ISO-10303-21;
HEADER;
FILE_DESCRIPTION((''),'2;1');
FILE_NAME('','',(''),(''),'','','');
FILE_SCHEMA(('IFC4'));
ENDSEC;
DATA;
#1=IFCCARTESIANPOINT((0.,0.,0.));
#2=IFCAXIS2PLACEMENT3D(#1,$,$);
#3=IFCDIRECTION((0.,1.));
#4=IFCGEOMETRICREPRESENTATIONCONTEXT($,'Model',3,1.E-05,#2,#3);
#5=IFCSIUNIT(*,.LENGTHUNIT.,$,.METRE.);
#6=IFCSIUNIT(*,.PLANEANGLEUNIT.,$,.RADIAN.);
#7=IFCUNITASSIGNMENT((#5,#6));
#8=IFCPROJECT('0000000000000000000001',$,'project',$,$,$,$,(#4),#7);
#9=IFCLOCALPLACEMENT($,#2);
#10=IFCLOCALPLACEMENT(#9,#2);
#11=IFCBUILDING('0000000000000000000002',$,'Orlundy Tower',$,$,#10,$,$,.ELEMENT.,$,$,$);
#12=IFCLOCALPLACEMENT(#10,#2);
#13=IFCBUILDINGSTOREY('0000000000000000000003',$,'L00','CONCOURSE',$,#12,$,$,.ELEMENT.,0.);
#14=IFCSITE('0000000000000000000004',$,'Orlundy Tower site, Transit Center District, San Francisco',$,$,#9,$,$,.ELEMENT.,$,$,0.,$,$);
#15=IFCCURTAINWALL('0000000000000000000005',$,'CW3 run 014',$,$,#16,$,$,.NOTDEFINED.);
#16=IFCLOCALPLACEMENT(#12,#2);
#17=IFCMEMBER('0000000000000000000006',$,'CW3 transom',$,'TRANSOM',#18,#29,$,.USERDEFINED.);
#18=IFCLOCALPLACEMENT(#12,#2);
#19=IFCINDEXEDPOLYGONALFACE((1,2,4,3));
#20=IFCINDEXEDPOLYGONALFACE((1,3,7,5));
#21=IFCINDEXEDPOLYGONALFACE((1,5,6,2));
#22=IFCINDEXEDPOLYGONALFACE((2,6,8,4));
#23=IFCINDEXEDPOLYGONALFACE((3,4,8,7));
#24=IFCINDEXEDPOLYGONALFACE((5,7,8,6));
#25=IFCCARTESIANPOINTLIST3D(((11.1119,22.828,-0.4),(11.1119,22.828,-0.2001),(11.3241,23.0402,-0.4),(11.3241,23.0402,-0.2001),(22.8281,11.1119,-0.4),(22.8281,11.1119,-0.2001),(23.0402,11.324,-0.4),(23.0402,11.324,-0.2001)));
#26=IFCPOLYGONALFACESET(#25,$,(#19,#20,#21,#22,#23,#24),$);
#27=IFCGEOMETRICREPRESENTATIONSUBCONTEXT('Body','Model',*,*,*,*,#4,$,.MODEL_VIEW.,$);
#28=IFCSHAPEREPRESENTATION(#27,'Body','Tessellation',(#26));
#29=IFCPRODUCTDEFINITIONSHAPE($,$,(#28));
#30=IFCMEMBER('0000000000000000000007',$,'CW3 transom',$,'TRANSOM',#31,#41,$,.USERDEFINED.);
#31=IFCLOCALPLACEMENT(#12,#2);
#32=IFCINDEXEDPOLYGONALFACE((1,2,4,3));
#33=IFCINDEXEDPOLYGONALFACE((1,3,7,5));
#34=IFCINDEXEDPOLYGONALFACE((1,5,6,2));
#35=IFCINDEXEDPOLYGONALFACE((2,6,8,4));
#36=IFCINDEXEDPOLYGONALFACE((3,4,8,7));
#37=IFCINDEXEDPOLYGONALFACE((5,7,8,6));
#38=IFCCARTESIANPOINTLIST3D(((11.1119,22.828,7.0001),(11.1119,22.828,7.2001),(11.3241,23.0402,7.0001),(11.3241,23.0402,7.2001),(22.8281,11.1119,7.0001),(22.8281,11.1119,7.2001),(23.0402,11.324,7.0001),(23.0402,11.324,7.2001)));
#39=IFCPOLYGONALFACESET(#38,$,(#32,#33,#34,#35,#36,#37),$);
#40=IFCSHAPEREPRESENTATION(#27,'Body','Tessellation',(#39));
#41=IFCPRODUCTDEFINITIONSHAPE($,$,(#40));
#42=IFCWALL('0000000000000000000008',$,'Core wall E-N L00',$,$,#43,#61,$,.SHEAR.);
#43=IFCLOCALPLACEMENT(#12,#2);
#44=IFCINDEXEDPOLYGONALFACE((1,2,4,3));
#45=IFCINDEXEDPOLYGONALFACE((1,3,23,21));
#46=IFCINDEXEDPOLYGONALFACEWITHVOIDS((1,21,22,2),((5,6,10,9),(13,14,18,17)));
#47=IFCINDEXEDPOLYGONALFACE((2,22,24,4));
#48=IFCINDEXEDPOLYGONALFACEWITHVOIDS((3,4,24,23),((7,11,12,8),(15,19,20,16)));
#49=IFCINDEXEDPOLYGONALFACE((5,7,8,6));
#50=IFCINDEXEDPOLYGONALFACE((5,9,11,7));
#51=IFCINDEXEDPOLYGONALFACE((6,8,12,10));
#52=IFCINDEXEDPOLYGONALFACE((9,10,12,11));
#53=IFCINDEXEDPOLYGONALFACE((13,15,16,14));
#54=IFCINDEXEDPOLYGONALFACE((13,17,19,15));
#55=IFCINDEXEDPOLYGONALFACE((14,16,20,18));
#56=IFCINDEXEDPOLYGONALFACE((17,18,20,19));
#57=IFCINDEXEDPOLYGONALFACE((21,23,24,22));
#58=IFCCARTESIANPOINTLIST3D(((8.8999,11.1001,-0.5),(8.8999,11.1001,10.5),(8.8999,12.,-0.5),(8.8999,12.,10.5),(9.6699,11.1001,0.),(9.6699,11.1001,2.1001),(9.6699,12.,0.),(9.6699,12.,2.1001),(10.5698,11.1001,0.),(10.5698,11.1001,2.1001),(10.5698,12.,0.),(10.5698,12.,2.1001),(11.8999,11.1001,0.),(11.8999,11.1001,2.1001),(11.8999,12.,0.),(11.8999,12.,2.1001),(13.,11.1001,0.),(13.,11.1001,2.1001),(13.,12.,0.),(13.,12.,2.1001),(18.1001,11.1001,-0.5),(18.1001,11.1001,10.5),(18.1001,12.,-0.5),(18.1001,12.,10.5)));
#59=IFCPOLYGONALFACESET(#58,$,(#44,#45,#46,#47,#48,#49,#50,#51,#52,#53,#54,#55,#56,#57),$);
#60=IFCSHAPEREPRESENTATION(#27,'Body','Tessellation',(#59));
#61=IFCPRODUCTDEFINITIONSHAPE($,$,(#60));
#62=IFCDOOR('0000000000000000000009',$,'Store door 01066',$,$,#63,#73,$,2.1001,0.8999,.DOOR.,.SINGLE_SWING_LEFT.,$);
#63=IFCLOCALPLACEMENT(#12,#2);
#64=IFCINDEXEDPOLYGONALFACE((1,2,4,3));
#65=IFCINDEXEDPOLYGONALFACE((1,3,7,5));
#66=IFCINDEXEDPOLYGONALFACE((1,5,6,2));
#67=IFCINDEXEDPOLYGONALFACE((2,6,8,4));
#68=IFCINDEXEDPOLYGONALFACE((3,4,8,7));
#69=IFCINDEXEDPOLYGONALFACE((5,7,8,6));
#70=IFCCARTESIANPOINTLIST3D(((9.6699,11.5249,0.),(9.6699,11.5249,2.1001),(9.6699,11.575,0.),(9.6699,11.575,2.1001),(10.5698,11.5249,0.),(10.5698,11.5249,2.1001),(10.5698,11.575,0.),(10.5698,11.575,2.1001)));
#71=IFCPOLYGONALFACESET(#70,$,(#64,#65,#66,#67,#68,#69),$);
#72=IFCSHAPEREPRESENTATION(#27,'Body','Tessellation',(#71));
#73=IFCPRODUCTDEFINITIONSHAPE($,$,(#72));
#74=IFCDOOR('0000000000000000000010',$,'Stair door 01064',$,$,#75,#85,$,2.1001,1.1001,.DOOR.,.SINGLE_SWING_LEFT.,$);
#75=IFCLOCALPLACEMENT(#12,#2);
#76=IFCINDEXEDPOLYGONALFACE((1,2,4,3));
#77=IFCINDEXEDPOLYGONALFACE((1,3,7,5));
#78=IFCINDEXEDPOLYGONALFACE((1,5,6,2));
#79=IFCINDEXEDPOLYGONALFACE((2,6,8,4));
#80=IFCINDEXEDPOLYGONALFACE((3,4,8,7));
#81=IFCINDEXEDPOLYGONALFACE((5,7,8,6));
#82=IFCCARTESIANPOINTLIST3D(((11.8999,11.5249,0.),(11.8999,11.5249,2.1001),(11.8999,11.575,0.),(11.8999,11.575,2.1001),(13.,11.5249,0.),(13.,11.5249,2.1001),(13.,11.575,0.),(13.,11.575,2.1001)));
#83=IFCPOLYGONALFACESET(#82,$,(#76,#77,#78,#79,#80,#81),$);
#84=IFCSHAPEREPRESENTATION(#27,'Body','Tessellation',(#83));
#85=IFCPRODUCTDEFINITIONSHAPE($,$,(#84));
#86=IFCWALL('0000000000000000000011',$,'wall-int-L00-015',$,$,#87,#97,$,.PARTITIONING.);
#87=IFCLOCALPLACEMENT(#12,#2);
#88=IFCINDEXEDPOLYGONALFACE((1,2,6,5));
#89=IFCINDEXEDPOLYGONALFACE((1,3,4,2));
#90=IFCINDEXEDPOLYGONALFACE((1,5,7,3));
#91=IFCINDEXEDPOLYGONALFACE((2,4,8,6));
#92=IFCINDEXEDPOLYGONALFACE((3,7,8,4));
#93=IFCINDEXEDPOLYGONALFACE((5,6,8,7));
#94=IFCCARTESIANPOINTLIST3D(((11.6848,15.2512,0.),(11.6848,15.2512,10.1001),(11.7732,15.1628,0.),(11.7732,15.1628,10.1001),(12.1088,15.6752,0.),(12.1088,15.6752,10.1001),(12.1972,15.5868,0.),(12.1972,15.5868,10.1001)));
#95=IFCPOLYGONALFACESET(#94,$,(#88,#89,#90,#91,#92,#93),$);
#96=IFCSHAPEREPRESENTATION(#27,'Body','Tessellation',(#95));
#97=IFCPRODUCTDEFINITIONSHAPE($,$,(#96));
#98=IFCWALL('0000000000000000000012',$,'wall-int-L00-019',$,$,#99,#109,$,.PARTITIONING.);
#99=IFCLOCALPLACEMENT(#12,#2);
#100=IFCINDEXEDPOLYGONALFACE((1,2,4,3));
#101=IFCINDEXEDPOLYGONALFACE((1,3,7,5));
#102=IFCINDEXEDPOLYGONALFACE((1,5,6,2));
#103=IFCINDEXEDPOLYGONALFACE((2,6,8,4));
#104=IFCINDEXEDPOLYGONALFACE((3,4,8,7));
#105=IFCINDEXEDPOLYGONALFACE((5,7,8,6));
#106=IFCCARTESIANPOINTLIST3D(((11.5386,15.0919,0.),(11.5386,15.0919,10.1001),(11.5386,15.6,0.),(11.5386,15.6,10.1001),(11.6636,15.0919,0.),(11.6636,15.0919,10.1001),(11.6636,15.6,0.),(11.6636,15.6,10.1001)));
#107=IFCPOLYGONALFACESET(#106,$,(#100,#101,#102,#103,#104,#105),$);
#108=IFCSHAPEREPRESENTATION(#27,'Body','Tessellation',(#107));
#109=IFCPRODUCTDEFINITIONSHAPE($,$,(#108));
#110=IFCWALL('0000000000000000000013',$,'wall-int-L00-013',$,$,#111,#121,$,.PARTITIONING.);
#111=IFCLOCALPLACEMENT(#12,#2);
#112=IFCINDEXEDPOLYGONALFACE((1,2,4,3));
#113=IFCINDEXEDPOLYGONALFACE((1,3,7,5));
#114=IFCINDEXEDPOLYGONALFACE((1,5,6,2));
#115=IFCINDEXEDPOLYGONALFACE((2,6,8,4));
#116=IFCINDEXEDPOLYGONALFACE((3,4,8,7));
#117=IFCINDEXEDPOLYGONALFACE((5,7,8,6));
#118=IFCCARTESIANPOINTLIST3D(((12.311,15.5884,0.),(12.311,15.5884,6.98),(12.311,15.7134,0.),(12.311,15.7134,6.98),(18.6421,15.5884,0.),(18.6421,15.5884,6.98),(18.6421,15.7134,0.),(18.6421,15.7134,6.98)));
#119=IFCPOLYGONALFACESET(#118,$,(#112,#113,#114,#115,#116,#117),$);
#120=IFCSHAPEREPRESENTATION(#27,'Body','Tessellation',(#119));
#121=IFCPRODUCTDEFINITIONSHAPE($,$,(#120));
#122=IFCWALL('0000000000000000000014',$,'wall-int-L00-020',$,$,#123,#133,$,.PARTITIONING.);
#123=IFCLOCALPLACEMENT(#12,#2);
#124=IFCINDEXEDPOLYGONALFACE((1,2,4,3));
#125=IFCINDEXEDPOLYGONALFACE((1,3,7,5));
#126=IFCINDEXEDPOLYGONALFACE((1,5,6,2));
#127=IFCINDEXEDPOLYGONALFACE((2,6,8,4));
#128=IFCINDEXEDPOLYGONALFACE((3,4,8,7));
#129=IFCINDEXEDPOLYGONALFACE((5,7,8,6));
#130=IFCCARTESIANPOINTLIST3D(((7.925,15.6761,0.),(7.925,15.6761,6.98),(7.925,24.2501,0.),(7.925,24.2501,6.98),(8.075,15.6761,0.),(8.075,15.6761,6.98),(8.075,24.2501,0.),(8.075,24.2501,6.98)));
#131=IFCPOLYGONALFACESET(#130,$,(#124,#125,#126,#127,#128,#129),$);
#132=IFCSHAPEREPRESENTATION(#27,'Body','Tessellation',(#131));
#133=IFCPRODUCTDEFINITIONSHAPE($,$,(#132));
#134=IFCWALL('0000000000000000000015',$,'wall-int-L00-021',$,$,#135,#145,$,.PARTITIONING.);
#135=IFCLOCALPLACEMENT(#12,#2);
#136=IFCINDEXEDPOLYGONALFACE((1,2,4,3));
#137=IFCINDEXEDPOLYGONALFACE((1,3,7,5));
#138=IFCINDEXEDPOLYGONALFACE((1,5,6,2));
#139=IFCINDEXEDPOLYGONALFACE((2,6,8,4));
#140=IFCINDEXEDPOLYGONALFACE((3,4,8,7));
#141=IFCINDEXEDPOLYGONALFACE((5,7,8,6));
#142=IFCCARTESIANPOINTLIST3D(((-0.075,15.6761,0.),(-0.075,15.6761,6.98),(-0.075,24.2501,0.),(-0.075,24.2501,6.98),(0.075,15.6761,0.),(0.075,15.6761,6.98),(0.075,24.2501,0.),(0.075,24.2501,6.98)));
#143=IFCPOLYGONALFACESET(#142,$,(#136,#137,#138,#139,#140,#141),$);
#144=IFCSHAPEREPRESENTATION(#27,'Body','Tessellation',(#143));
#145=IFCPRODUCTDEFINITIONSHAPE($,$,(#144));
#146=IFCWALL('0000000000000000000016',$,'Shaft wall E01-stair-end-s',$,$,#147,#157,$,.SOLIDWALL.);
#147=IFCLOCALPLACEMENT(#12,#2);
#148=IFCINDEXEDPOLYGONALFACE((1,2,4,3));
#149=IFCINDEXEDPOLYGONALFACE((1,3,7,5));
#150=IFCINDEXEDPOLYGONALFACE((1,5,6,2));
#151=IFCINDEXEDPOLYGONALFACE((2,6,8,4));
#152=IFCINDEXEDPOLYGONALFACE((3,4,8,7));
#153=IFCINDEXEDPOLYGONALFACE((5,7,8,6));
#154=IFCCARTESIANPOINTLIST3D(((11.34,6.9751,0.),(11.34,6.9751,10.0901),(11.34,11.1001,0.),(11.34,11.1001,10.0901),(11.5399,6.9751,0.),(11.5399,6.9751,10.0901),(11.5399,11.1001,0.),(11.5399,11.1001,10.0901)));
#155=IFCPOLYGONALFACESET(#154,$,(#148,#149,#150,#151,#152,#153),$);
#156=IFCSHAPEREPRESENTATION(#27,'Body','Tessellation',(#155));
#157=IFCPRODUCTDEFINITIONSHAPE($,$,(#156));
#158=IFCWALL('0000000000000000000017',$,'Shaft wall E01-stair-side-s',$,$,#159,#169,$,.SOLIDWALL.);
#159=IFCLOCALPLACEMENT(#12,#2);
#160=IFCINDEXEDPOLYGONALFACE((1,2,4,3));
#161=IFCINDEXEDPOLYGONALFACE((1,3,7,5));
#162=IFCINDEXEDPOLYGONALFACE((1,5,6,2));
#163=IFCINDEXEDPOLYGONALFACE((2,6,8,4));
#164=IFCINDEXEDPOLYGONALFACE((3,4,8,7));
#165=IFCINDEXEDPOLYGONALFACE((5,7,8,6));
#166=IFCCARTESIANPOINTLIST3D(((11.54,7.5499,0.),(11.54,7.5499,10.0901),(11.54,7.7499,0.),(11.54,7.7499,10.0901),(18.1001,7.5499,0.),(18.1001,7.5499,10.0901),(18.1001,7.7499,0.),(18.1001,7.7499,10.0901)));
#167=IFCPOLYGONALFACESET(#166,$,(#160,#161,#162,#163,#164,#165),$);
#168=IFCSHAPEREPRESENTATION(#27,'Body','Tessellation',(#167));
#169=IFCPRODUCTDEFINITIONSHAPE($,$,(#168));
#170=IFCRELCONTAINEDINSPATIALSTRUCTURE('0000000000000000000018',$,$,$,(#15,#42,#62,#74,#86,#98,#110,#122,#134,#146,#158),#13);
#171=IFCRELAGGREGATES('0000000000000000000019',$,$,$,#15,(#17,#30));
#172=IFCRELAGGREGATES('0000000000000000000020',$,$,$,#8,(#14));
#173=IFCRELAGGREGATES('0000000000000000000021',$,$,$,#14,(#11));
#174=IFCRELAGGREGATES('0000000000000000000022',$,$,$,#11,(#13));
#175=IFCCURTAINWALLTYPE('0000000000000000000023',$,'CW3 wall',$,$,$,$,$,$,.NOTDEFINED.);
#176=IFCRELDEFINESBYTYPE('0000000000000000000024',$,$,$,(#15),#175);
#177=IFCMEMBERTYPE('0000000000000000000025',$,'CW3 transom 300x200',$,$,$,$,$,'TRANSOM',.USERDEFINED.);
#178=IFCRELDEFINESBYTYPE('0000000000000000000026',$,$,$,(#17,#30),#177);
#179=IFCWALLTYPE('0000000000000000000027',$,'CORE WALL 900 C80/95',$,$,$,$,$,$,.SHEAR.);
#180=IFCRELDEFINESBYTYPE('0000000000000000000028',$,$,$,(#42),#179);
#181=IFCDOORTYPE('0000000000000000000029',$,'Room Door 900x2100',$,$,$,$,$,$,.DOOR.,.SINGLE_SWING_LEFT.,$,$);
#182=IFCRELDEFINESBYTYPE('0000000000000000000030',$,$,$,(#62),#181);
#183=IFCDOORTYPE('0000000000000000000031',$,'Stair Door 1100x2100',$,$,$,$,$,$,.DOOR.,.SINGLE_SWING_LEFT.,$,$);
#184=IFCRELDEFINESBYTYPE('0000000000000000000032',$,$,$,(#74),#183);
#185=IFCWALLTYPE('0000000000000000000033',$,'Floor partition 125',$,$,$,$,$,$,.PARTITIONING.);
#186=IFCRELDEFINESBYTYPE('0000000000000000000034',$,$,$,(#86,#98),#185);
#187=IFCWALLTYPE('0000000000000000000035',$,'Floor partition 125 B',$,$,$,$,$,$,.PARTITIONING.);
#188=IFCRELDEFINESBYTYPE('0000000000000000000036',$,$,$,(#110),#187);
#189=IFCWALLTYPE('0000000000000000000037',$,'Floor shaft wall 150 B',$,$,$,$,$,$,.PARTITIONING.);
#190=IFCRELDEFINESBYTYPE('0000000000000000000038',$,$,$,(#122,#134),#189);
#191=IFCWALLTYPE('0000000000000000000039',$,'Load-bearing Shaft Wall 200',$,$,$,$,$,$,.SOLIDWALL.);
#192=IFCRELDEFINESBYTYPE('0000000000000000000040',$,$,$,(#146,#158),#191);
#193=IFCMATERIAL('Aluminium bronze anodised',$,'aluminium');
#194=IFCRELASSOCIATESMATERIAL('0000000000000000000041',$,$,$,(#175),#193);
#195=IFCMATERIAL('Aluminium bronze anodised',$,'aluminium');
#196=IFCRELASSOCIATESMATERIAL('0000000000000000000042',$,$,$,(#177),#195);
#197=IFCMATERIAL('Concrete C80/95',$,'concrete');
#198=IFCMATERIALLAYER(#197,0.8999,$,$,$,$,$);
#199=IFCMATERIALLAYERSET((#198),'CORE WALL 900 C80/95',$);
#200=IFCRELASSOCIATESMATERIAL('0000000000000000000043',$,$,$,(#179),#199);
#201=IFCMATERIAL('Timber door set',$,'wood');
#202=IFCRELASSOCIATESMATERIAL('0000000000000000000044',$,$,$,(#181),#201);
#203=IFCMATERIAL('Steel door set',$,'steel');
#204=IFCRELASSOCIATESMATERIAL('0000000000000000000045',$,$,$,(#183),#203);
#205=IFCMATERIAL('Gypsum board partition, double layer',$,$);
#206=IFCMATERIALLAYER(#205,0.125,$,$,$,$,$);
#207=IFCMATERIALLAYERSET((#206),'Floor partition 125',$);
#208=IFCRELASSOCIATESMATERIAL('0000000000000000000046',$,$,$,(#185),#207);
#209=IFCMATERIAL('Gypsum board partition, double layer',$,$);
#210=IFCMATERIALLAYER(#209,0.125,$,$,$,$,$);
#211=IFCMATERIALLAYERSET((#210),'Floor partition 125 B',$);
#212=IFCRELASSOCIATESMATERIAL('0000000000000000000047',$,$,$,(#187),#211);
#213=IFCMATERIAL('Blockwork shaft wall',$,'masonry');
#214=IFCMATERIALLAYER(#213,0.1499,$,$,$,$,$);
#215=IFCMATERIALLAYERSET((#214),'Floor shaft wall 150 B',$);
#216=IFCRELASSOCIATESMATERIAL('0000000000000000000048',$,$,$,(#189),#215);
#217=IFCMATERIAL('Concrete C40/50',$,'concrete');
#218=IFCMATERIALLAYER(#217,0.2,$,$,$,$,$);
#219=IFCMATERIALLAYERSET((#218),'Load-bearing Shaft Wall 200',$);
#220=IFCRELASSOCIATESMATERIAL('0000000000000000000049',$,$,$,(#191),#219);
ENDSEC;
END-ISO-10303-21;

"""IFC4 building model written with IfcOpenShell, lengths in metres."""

from ifc_helpers import new_model, si_unit, direction, frame, frame_2d, origin, origin_2d, place, context, subcontext, project, spatial, rectangle, extrude, material, layer, layer_set, material_profile, profile_set, type_object, element, fill, aggregate, save


model = new_model("IFC4")

# Units and contexts
model_context = context("Model", 3, precision=1e-05, world=origin(), true_north=direction((0.0, 1.0)))
body_context = subcontext(model_context, "Body", "Model", "MODEL_VIEW")
ifc_project = project(units=[si_unit("LENGTHUNIT", "METRE"), si_unit("PLANEANGLEUNIT", "RADIAN")], contexts=[model_context])

# Site, building, storey
site_placement = place(None, origin())
site = spatial("IfcSite", under=ifc_project, at=site_placement, Name="Orlundy Tower site, Transit Center District, San Francisco", CompositionType="ELEMENT", RefElevation=0.0)
building_placement = place(site_placement, origin())
building = spatial("IfcBuilding", under=site, at=building_placement, Name="Orlundy Tower", CompositionType="ELEMENT")
storey_placement = place(building_placement, origin())
storey = spatial("IfcBuildingStorey", under=building, at=storey_placement, Name="L00", Description="CONCOURSE", CompositionType="ELEMENT", Elevation=0.0)

# Curtain wall, members
ifc_material_1 = material(Name="Aluminium bronze anodised", Category="aluminium")
curtain_wall_type = type_object("IfcCurtainWallType", Name="CW3 wall", PredefinedType="NOTDEFINED", material=ifc_material_1)
curtain_wall_placement = place(storey_placement, origin())
curtain_wall = element("IfcCurtainWall", 1, at=curtain_wall_placement, inside=storey, type_object=curtain_wall_type, Name="CW3 run 014", PredefinedType="NOTDEFINED")
ifc_material_2 = material(Name="Aluminium bronze anodised", Category="aluminium")
ifc_material_profile_1 = material_profile(ifc_material_2, rectangle(XDim=0.3, YDim=0.2, at=origin_2d()), Name="CW3 transom 300x200")
ifc_profile_set_1 = profile_set([ifc_material_profile_1], Name="Aluminium bronze anodised")
member_type = type_object("IfcMemberType", Name="CW3 transom 300x200", ElementType="TRANSOM", PredefinedType="USERDEFINED", material=ifc_profile_set_1)
member_1_placement = place(storey_placement, frame((11.218, 22.9341, -0.3), z_axis=(0.707107, -0.707107, 0.0), x_axis=(0.707107, 0.707107, 0.0)))
member_1 = element("IfcMember", 2, at=member_1_placement, type_object=member_type, Name="CW3 transom", ObjectType="TRANSOM", PredefinedType="USERDEFINED", context=body_context, shape_type="SweptSolid", body=[
    extrude(rectangle(XDim=0.3, YDim=0.2, at=origin_2d()), origin(), (0.0, 0.0, 1.0), 16.5691),
])
member_2_placement = place(storey_placement, frame((11.218, 22.9341, 7.1001), z_axis=(0.707107, -0.707107, 0.0), x_axis=(0.707107, 0.707107, 0.0)))
member_2 = element("IfcMember", 3, at=member_2_placement, type_object=member_type, Name="CW3 transom", ObjectType="TRANSOM", PredefinedType="USERDEFINED", context=body_context, shape_type="SweptSolid", body=[
    extrude(rectangle(XDim=0.3, YDim=0.2, at=origin_2d()), origin(), (0.0, 0.0, 1.0), 16.5691),
])
aggregate(curtain_wall, [member_1, member_2])

# Wall, openings, doors
ifc_material_3 = material(Name="Concrete C80/95", Category="concrete")
ifc_layer_1 = layer(ifc_material_3, 0.8999)
ifc_layer_set_1 = layer_set([ifc_layer_1], Name="CORE WALL 900 C80/95")
wall_type_1 = type_object("IfcWallType", Name="CORE WALL 900 C80/95", PredefinedType="SHEAR", material=ifc_layer_set_1)
wall_1_placement = place(storey_placement, frame((8.8999, 11.55, -0.5), z_axis=(0.0, 0.0, 1.0), x_axis=(1.0, 0.0, 0.0)))
wall_1 = element("IfcWall", 4, at=wall_1_placement, inside=storey, type_object=wall_type_1, Name="Core wall E-N L00", PredefinedType="SHEAR", context=body_context, shape_type="SweptSolid", body=[
    extrude(rectangle(XDim=9.2002, YDim=0.8999, at=frame_2d((4.6001, 0.0))), origin(), (0.0, 0.0, 1.0), 11.0),
])
opening_1_placement = place(wall_1_placement, frame((3.0, 0.0, 0.5)))
opening_1 = element("IfcOpeningElement", 5, at=opening_1_placement, cuts=wall_1, PredefinedType="OPENING", context=body_context, shape_type="SweptSolid", body=[
    extrude(rectangle(XDim=1.1001, YDim=2.1001, at=frame_2d((0.55, 1.05))), frame((0.0, 0.46, 0.0), z_axis=(0.0, -1.0, 0.0), x_axis=(1.0, 0.0, 0.0)), (0.0, 0.0, 1.0), 0.9199),
])
opening_2_placement = place(wall_1_placement, frame((0.77, 0.0, 0.5)))
opening_2 = element("IfcOpeningElement", 6, at=opening_2_placement, cuts=wall_1, PredefinedType="OPENING", context=body_context, shape_type="SweptSolid", body=[
    extrude(rectangle(XDim=0.8999, YDim=2.1001, at=frame_2d((0.45, 1.05))), frame((0.0, 0.46, 0.0), z_axis=(0.0, -1.0, 0.0), x_axis=(1.0, 0.0, 0.0)), (0.0, 0.0, 1.0), 0.9199),
])
ifc_material_4 = material(Name="Timber door set", Category="wood")
door_type_1 = type_object("IfcDoorType", Name="Room Door 900x2100", OperationType="SINGLE_SWING_LEFT", PredefinedType="DOOR", material=ifc_material_4)
door_1_placement = place(opening_2_placement, origin())
door_1 = element("IfcDoor", 7, at=door_1_placement, inside=storey, type_object=door_type_1, Name="Store door 01066", OperationType="SINGLE_SWING_LEFT", OverallHeight=2.1001, OverallWidth=0.8999, PredefinedType="DOOR", context=body_context, shape_type="SweptSolid", body=[
    extrude(rectangle(XDim=0.8999, YDim=2.1001, at=frame_2d((0.45, 1.05))), frame((0.0, 0.0249, 0.0), z_axis=(0.0, -1.0, 0.0), x_axis=(1.0, 0.0, 0.0)), (0.0, 0.0, 1.0), 0.05),
])
fill(opening_2, door_1)
ifc_material_5 = material(Name="Steel door set", Category="steel")
door_type_2 = type_object("IfcDoorType", Name="Stair Door 1100x2100", OperationType="SINGLE_SWING_LEFT", PredefinedType="DOOR", material=ifc_material_5)
door_2_placement = place(opening_1_placement, origin())
door_2 = element("IfcDoor", 8, at=door_2_placement, inside=storey, type_object=door_type_2, Name="Stair door 01064", OperationType="SINGLE_SWING_LEFT", OverallHeight=2.1001, OverallWidth=1.1001, PredefinedType="DOOR", context=body_context, shape_type="SweptSolid", body=[
    extrude(rectangle(XDim=1.1001, YDim=2.1001, at=frame_2d((0.55, 1.05))), frame((0.0, 0.0249, 0.0), z_axis=(0.0, -1.0, 0.0), x_axis=(1.0, 0.0, 0.0)), (0.0, 0.0, 1.0), 0.05),
])
fill(opening_1, door_2)

# Walls
ifc_material_6 = material(Name="Gypsum board partition, double layer")
ifc_layer_2 = layer(ifc_material_6, 0.125)
ifc_layer_set_2 = layer_set([ifc_layer_2], Name="Floor partition 125")
wall_type_2 = type_object("IfcWallType", Name="Floor partition 125", PredefinedType="PARTITIONING", material=ifc_layer_set_2)
wall_2_placement = place(storey_placement, frame((11.729, 15.207, 0.0), z_axis=(0.0, 0.0, 1.0), x_axis=(0.707107, 0.707107, 0.0)))
element("IfcWall", 9, at=wall_2_placement, inside=storey, type_object=wall_type_2, Name="wall-int-L00-015", PredefinedType="PARTITIONING", context=body_context, shape_type="SweptSolid", body=[
    extrude(rectangle(XDim=0.5996, YDim=0.125, at=frame_2d((0.2998, 0.0))), origin(), (0.0, 0.0, 1.0), 10.1001),
])
wall_3_placement = place(storey_placement, frame((11.6011, 15.092, 0.0), z_axis=(0.0, 0.0, 1.0), x_axis=(0.0, 1.0, 0.0)))
element("IfcWall", 10, at=wall_3_placement, inside=storey, type_object=wall_type_2, Name="wall-int-L00-019", PredefinedType="PARTITIONING", context=body_context, shape_type="SweptSolid", body=[
    extrude(rectangle(XDim=0.5081, YDim=0.125, at=frame_2d((0.2539, 0.0))), origin(), (0.0, 0.0, 1.0), 10.1001),
])
ifc_material_7 = material(Name="Gypsum board partition, double layer")
ifc_layer_3 = layer(ifc_material_7, 0.125)
ifc_layer_set_3 = layer_set([ifc_layer_3], Name="Floor partition 125 B")
wall_type_3 = type_object("IfcWallType", Name="Floor partition 125 B", PredefinedType="PARTITIONING", material=ifc_layer_set_3)
wall_4_placement = place(storey_placement, frame((12.311, 15.6509, 0.0), z_axis=(0.0, 0.0, 1.0), x_axis=(1.0, 0.0, 0.0)))
element("IfcWall", 11, at=wall_4_placement, inside=storey, type_object=wall_type_3, Name="wall-int-L00-013", PredefinedType="PARTITIONING", context=body_context, shape_type="SweptSolid", body=[
    extrude(rectangle(XDim=6.3311, YDim=0.125, at=frame_2d((3.1655, 0.0))), origin(), (0.0, 0.0, 1.0), 6.98),
])
ifc_material_8 = material(Name="Blockwork shaft wall", Category="masonry")
ifc_layer_4 = layer(ifc_material_8, 0.1499)
ifc_layer_set_4 = layer_set([ifc_layer_4], Name="Floor shaft wall 150 B")
wall_type_4 = type_object("IfcWallType", Name="Floor shaft wall 150 B", PredefinedType="PARTITIONING", material=ifc_layer_set_4)
for number, where, z_axis, x_axis, name in (
    (12, (8.0, 15.676, 0.0), (0.0, 0.0, 1.0), (0.0, 1.0, 0.0), "wall-int-L00-020"),
    (13, (0.0, 15.676, 0.0), (0.0, 0.0, 1.0), (0.0, 1.0, 0.0), "wall-int-L00-021"),
):
    element("IfcWall", number, at=place(storey_placement, frame(where, z_axis=z_axis, x_axis=x_axis)), inside=storey, type_object=wall_type_4, Name=name, PredefinedType="PARTITIONING", context=body_context, shape_type="SweptSolid", body=[
        extrude(rectangle(XDim=8.574, YDim=0.1499, at=frame_2d((4.2871, 0.0))), origin(), (0.0, 0.0, 1.0), 6.98),
    ])
ifc_material_9 = material(Name="Concrete C40/50", Category="concrete")
ifc_layer_5 = layer(ifc_material_9, 0.2)
ifc_layer_set_5 = layer_set([ifc_layer_5], Name="Load-bearing Shaft Wall 200")
wall_type_5 = type_object("IfcWallType", Name="Load-bearing Shaft Wall 200", PredefinedType="SOLIDWALL", material=ifc_layer_set_5)
wall_5_placement = place(storey_placement, frame((11.4399, 11.1001, 0.0), z_axis=(0.0, 0.0, 1.0), x_axis=(0.0, -1.0, 0.0)))
element("IfcWall", 14, at=wall_5_placement, inside=storey, type_object=wall_type_5, Name="Shaft wall E01-stair-end-s", PredefinedType="SOLIDWALL", context=body_context, shape_type="SweptSolid", body=[
    extrude(rectangle(XDim=4.125, YDim=0.2, at=frame_2d((2.0625, 0.0))), origin(), (0.0, 0.0, 1.0), 10.0901),
])
wall_6_placement = place(storey_placement, frame((11.54, 7.6499, 0.0), z_axis=(0.0, 0.0, 1.0), x_axis=(1.0, 0.0, 0.0)))
element("IfcWall", 15, at=wall_6_placement, inside=storey, type_object=wall_type_5, Name="Shaft wall E01-stair-side-s", PredefinedType="SOLIDWALL", context=body_context, shape_type="SweptSolid", body=[
    extrude(rectangle(XDim=6.5601, YDim=0.2, at=frame_2d((3.28, 0.0))), origin(), (0.0, 0.0, 1.0), 10.0901),
])

save(model, "model.ifc")
